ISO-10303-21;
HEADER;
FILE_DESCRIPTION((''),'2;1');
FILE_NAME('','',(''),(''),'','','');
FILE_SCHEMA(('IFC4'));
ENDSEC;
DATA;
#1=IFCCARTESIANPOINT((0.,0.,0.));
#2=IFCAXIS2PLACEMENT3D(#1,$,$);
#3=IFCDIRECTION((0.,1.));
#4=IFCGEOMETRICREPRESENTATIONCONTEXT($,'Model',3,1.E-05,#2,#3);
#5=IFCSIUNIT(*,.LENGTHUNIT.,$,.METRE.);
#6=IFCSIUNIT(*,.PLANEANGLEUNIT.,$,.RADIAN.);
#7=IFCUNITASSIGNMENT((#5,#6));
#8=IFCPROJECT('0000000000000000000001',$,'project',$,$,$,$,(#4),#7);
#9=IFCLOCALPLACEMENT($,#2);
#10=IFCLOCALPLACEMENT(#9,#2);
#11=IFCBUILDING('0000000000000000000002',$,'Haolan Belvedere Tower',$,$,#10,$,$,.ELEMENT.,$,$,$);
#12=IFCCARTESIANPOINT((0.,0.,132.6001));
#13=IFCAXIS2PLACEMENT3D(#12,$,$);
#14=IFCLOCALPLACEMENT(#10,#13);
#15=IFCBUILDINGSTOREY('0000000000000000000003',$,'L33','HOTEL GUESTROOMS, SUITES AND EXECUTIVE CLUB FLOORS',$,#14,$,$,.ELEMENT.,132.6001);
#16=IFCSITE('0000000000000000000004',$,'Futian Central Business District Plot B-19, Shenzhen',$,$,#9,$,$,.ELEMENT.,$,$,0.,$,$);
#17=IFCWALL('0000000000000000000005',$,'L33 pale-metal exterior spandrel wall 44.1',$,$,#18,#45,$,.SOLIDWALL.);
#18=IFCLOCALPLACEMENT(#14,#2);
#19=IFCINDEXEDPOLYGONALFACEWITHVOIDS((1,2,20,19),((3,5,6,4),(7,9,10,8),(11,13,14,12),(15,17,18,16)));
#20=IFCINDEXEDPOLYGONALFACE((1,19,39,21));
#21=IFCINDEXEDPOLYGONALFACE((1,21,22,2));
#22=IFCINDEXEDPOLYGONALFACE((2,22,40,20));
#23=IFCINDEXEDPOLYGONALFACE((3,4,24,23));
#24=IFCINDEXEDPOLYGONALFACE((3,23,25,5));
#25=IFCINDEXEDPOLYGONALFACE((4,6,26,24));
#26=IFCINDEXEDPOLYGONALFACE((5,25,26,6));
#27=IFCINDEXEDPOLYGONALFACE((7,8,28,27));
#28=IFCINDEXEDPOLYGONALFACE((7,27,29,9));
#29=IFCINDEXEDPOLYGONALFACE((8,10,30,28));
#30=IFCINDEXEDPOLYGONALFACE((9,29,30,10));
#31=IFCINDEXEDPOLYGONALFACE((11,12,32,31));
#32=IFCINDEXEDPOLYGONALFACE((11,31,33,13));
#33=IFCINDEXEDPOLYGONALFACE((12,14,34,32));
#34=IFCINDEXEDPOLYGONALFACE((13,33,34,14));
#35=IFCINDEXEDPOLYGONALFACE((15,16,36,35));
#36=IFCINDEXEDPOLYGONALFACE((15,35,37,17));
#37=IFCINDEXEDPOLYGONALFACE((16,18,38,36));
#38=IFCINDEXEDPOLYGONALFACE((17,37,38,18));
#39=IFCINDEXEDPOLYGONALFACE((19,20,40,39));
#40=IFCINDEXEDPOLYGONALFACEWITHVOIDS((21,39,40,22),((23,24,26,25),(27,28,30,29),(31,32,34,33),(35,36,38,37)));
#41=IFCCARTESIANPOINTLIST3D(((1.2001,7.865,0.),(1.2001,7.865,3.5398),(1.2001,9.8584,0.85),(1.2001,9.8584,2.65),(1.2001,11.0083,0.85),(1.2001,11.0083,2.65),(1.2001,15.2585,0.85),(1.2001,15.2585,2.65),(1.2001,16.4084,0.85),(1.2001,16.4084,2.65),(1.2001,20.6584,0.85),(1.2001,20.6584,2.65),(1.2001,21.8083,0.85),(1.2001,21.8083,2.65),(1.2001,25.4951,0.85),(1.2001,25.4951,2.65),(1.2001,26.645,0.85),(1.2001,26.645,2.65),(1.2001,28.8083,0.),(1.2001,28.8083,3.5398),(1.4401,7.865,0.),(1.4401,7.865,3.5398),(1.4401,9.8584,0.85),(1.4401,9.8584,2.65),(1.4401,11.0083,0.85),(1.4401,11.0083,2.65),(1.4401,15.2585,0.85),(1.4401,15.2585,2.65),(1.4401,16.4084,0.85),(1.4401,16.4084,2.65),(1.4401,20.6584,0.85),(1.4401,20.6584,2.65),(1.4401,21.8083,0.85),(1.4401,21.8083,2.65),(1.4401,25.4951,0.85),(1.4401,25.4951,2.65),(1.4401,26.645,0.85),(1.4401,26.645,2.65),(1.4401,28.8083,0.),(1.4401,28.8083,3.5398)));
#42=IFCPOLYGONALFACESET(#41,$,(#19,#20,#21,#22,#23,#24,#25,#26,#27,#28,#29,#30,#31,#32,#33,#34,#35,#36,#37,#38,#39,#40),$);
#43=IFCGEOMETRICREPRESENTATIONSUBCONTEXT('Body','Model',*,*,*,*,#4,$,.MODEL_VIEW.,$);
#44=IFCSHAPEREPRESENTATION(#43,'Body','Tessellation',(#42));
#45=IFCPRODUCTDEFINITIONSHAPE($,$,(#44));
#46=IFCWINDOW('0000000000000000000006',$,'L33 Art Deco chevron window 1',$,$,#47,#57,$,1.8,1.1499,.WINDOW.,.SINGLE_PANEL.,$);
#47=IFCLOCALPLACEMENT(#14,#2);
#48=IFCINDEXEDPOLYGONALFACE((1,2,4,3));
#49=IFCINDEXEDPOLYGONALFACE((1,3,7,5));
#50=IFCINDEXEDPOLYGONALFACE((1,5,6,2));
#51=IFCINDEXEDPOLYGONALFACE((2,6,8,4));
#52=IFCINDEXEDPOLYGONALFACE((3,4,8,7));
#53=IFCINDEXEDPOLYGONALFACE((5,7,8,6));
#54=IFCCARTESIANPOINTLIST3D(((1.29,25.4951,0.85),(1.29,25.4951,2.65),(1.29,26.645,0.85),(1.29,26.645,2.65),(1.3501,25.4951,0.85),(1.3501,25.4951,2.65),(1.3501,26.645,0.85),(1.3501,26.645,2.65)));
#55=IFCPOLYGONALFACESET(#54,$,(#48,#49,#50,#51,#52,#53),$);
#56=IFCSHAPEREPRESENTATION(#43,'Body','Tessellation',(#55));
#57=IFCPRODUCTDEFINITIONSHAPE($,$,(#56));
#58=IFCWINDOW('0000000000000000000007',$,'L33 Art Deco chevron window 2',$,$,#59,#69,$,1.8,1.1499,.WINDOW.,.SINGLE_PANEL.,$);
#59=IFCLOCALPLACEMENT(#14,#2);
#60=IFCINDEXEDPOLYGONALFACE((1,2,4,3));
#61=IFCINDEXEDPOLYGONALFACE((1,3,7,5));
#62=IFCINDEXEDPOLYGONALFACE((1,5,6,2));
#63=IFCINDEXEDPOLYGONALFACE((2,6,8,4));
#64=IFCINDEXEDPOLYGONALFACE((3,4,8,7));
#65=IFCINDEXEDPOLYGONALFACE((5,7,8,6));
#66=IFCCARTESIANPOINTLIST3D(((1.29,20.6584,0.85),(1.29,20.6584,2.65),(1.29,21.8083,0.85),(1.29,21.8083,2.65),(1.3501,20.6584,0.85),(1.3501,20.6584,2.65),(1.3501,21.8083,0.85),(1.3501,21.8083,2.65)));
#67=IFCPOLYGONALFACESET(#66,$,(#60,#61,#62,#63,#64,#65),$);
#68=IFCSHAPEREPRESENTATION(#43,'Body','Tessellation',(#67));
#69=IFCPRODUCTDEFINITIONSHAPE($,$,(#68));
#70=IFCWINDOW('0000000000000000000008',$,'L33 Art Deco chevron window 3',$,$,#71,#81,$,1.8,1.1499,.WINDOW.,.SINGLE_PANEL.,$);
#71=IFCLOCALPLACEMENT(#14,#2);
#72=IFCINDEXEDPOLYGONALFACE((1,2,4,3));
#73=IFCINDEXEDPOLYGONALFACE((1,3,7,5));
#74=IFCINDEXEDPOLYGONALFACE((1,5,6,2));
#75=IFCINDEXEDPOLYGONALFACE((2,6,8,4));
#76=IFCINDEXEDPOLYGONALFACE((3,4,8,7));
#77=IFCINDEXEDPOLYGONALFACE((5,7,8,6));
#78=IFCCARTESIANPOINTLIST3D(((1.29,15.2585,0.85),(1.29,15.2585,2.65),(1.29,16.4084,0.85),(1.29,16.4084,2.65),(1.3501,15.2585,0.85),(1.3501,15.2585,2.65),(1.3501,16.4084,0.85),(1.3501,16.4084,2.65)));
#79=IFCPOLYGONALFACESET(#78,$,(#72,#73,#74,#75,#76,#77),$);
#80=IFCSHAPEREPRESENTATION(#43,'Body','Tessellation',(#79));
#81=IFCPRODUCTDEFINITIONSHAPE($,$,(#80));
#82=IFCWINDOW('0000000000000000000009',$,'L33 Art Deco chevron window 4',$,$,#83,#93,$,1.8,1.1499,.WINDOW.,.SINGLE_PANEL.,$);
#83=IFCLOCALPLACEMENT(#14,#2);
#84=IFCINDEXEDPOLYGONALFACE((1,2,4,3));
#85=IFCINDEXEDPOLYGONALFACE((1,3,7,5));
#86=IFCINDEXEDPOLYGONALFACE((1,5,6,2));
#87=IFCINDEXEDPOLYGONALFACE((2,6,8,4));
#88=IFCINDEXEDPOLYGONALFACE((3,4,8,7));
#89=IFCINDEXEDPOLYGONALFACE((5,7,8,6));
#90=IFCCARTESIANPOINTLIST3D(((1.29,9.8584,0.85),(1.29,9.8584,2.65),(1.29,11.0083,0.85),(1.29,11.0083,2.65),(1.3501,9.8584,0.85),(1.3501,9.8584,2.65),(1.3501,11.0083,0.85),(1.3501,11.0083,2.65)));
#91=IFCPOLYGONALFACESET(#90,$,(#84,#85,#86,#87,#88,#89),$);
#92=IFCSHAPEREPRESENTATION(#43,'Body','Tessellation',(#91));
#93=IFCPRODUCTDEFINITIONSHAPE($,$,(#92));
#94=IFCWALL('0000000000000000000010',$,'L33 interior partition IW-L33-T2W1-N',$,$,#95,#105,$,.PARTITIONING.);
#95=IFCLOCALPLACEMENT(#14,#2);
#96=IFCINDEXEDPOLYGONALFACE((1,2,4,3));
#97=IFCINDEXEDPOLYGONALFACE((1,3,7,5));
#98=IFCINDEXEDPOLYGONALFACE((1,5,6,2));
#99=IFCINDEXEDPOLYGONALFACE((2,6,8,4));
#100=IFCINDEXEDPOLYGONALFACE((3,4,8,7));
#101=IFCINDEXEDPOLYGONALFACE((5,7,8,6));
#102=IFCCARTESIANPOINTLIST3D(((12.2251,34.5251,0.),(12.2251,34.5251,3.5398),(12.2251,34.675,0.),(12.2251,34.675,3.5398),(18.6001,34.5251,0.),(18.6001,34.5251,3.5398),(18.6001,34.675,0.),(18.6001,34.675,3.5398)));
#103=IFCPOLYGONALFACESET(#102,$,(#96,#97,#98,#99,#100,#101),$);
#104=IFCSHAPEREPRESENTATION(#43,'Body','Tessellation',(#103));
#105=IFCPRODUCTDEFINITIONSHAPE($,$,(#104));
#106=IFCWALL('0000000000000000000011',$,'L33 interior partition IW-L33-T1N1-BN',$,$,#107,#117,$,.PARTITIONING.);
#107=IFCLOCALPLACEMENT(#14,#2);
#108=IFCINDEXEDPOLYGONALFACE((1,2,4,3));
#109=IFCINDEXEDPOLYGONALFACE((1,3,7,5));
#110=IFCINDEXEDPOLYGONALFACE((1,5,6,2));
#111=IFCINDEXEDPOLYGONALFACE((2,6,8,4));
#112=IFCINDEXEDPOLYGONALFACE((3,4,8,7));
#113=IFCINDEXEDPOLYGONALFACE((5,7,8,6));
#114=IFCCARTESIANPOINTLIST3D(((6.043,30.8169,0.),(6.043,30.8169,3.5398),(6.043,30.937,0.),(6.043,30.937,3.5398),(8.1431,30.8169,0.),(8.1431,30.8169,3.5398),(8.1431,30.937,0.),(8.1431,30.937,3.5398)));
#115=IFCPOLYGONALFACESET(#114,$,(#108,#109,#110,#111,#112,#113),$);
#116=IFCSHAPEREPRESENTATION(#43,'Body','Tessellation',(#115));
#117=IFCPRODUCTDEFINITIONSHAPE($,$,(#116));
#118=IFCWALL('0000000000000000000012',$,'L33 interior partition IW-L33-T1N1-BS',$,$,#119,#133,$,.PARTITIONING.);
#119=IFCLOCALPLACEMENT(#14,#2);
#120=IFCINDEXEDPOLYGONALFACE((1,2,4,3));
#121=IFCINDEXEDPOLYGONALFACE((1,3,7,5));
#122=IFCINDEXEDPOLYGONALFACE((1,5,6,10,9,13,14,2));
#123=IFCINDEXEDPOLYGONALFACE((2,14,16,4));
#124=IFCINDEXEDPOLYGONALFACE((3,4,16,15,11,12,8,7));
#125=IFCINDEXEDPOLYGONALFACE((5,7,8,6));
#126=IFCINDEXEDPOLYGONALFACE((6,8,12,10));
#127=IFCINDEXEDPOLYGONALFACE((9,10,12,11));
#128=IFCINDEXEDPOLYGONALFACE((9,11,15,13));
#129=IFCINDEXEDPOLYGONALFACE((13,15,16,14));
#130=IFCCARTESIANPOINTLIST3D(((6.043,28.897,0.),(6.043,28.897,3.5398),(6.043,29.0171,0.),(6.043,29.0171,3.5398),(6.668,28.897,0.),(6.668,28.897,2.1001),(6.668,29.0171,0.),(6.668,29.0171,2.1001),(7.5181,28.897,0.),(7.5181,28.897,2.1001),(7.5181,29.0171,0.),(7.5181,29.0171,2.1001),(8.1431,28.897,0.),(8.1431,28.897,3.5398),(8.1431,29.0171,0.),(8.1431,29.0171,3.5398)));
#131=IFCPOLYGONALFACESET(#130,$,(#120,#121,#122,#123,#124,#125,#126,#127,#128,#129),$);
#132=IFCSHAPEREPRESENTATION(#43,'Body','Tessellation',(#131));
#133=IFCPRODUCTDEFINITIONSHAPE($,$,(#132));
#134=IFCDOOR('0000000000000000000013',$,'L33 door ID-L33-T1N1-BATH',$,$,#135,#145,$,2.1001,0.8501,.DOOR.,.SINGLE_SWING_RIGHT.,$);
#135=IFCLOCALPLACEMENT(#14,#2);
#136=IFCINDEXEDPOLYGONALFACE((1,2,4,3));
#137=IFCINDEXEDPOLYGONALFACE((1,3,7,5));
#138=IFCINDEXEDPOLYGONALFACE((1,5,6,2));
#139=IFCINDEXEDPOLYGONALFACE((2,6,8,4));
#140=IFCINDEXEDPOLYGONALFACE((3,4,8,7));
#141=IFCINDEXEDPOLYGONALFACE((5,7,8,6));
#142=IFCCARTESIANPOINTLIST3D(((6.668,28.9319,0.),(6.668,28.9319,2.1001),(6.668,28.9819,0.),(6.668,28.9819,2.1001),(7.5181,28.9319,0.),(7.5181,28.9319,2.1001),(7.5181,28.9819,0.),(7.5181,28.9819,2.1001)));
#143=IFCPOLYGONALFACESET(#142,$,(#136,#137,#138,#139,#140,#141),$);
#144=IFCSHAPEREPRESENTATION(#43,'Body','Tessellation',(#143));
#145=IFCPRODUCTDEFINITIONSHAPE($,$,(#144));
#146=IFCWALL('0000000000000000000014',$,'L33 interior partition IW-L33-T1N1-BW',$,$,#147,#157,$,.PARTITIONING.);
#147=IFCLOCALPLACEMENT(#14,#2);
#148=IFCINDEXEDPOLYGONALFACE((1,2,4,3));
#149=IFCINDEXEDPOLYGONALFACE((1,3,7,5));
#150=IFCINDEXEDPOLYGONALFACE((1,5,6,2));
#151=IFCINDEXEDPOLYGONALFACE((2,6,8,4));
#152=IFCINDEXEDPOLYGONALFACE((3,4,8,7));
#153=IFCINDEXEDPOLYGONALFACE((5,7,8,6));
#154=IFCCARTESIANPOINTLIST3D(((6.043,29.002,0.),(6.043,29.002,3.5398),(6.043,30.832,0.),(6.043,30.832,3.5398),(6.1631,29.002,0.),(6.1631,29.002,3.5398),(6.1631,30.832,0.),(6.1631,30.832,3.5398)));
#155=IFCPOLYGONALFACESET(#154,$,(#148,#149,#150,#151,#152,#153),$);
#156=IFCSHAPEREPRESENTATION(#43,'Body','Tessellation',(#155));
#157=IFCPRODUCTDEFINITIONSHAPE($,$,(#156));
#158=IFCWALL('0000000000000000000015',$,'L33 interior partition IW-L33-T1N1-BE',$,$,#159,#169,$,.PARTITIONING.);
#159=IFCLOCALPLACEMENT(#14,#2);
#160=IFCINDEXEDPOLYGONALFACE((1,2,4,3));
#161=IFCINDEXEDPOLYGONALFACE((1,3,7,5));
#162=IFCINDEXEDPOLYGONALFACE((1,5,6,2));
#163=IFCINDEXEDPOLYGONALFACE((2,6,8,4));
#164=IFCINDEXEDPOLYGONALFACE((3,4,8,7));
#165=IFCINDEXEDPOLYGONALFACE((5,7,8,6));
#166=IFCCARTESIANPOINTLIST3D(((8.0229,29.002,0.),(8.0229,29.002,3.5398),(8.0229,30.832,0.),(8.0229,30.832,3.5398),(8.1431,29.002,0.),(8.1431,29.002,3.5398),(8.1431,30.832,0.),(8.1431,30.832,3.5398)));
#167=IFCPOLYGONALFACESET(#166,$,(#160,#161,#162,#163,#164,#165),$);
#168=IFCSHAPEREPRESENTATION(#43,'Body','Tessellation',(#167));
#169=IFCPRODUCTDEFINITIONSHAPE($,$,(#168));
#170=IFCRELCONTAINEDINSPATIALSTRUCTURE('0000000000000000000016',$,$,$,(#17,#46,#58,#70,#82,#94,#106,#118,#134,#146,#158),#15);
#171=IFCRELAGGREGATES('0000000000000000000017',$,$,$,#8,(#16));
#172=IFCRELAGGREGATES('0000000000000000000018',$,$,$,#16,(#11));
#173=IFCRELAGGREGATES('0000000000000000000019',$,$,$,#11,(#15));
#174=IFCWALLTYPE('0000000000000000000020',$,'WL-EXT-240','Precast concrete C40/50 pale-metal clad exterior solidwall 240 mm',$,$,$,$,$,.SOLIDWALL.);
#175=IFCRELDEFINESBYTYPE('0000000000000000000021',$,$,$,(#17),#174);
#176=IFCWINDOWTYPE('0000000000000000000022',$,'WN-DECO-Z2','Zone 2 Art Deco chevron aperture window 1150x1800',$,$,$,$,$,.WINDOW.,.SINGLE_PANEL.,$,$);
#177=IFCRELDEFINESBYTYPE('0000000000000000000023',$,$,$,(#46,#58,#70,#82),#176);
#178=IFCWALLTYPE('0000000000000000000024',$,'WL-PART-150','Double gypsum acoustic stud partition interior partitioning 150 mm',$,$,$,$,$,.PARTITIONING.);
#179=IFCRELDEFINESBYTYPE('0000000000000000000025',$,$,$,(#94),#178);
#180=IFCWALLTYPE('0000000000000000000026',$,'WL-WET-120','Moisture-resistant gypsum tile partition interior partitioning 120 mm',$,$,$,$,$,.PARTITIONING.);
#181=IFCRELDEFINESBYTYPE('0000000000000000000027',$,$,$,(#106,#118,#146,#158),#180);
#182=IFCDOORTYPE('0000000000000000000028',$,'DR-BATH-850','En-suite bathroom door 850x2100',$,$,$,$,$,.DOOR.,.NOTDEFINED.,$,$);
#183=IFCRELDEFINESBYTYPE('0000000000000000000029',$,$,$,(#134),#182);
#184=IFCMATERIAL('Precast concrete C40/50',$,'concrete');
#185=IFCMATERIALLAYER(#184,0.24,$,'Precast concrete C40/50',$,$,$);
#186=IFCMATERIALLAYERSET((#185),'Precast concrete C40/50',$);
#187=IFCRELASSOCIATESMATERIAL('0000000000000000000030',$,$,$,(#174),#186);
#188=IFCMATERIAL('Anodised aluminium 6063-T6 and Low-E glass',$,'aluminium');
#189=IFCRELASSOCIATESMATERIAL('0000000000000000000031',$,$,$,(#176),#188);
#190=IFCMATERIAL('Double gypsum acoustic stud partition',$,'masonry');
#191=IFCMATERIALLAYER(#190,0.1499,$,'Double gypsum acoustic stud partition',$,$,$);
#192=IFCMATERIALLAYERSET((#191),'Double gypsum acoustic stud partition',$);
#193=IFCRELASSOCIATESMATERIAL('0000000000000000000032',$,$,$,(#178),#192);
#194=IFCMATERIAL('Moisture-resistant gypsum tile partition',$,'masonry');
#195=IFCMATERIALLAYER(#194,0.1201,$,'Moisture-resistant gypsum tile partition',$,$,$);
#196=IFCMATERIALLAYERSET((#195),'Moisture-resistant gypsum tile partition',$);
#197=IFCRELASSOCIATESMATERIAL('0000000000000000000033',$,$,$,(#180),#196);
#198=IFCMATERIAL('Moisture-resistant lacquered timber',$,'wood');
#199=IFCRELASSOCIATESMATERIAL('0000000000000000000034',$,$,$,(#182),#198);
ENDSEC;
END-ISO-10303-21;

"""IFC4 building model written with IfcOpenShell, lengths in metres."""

from ifc_helpers import new_model, si_unit, direction, frame, frame_2d, origin, place, context, subcontext, project, spatial, rectangle, extrude, material, layer, layer_set, type_object, element, fill, save


model = new_model("IFC4")

# Units and contexts
model_context = context("Model", 3, precision=1e-05, world=origin(), true_north=direction((0.0, 1.0)))
body_context = subcontext(model_context, "Body", "Model", "MODEL_VIEW")
ifc_project = project(units=[si_unit("LENGTHUNIT", "METRE"), si_unit("PLANEANGLEUNIT", "RADIAN")], contexts=[model_context])

# Site, building, storey
site_placement = place(None, origin())
site = spatial("IfcSite", under=ifc_project, at=site_placement, Name="Futian Central Business District Plot B-19, Shenzhen", CompositionType="ELEMENT", RefElevation=0.0)
building_placement = place(site_placement, origin())
building = spatial("IfcBuilding", under=site, at=building_placement, Name="Haolan Belvedere Tower", CompositionType="ELEMENT")
storey_placement = place(building_placement, frame((0.0, 0.0, 132.6001)))
storey = spatial("IfcBuildingStorey", under=building, at=storey_placement, Name="L33", Description="HOTEL GUESTROOMS, SUITES AND EXECUTIVE CLUB FLOORS", CompositionType="ELEMENT", Elevation=132.6001)

# Shared definitions
ifc_material_1 = material(Name="Precast concrete C40/50", Category="concrete")
ifc_layer_1 = layer(ifc_material_1, 0.24, Name="Precast concrete C40/50")
ifc_layer_set_1 = layer_set([ifc_layer_1], Name="Precast concrete C40/50")
wall_type_1 = type_object("IfcWallType", Name="WL-EXT-240", Description="Precast concrete C40/50 pale-metal clad exterior solidwall 240 mm", PredefinedType="SOLIDWALL", material=ifc_layer_set_1)

# Shared definitions
ifc_material_2 = material(Name="Anodised aluminium 6063-T6 and Low-E glass", Category="aluminium")
window_type = type_object("IfcWindowType", Name="WN-DECO-Z2", Description="Zone 2 Art Deco chevron aperture window 1150x1800", PartitioningType="SINGLE_PANEL", PredefinedType="WINDOW", material=ifc_material_2)

# Wall, openings, windows
wall_1_placement = place(storey_placement, frame((1.3201, 28.8083, 0.0), z_axis=(0.0, 0.0, 1.0), x_axis=(0.0, -1.0, 0.0)))
wall_1 = element("IfcWall", 1, at=wall_1_placement, inside=storey, type_object=wall_type_1, Name="L33 pale-metal exterior spandrel wall 44.1", PredefinedType="SOLIDWALL", context=body_context, shape_type="SweptSolid", body=[
    extrude(rectangle(XDim=20.9434, YDim=0.24, at=frame_2d((10.4717, 0.0))), origin(), (0.0, 0.0, 1.0), 3.5398),
])
opening_1_placement = place(wall_1_placement, frame((2.1633, 0.0, 0.8501)))
opening_1 = element("IfcOpeningElement", 2, at=opening_1_placement, cuts=wall_1, PredefinedType="OPENING", context=body_context, shape_type="SweptSolid", body=[
    extrude(rectangle(XDim=1.1499, YDim=1.8, at=frame_2d((0.575, 0.8999))), frame((0.0, 0.1299, 0.0), z_axis=(0.0, -1.0, 0.0), x_axis=(1.0, 0.0, 0.0)), (0.0, 0.0, 1.0), 0.26),
])
opening_2_placement = place(wall_1_placement, frame((7.0, 0.0, 0.8501)))
opening_2 = element("IfcOpeningElement", 3, at=opening_2_placement, cuts=wall_1, PredefinedType="OPENING", context=body_context, shape_type="SweptSolid", body=[
    extrude(rectangle(XDim=1.1499, YDim=1.8, at=frame_2d((0.575, 0.8999))), frame((0.0, 0.1299, 0.0), z_axis=(0.0, -1.0, 0.0), x_axis=(1.0, 0.0, 0.0)), (0.0, 0.0, 1.0), 0.26),
])
opening_3_placement = place(wall_1_placement, frame((12.3999, 0.0, 0.8501)))
opening_3 = element("IfcOpeningElement", 4, at=opening_3_placement, cuts=wall_1, PredefinedType="OPENING", context=body_context, shape_type="SweptSolid", body=[
    extrude(rectangle(XDim=1.1499, YDim=1.8, at=frame_2d((0.575, 0.8999))), frame((0.0, 0.1299, 0.0), z_axis=(0.0, -1.0, 0.0), x_axis=(1.0, 0.0, 0.0)), (0.0, 0.0, 1.0), 0.26),
])
opening_4_placement = place(wall_1_placement, frame((17.8, 0.0, 0.8501)))
opening_4 = element("IfcOpeningElement", 5, at=opening_4_placement, cuts=wall_1, PredefinedType="OPENING", context=body_context, shape_type="SweptSolid", body=[
    extrude(rectangle(XDim=1.1499, YDim=1.8, at=frame_2d((0.575, 0.8999))), frame((0.0, 0.1299, 0.0), z_axis=(0.0, -1.0, 0.0), x_axis=(1.0, 0.0, 0.0)), (0.0, 0.0, 1.0), 0.26),
])
window_1_placement = place(opening_1_placement, origin())
window_1 = element("IfcWindow", 6, at=window_1_placement, inside=storey, type_object=window_type, Name="L33 Art Deco chevron window 1", OverallHeight=1.8, OverallWidth=1.1499, PartitioningType="SINGLE_PANEL", PredefinedType="WINDOW", context=body_context, shape_type="SweptSolid", body=[
    extrude(rectangle(XDim=1.1499, YDim=1.8, at=frame_2d((0.575, 0.8999))), frame((0.0, 0.03, 0.0), z_axis=(0.0, -1.0, 0.0), x_axis=(1.0, 0.0, 0.0)), (0.0, 0.0, 1.0), 0.0601),
])
fill(opening_1, window_1)
window_2_placement = place(opening_2_placement, origin())
window_2 = element("IfcWindow", 7, at=window_2_placement, inside=storey, type_object=window_type, Name="L33 Art Deco chevron window 2", OverallHeight=1.8, OverallWidth=1.1499, PartitioningType="SINGLE_PANEL", PredefinedType="WINDOW", context=body_context, shape_type="SweptSolid", body=[
    extrude(rectangle(XDim=1.1499, YDim=1.8, at=frame_2d((0.575, 0.8999))), frame((0.0, 0.03, 0.0), z_axis=(0.0, -1.0, 0.0), x_axis=(1.0, 0.0, 0.0)), (0.0, 0.0, 1.0), 0.0601),
])
fill(opening_2, window_2)
window_3_placement = place(opening_3_placement, origin())
window_3 = element("IfcWindow", 8, at=window_3_placement, inside=storey, type_object=window_type, Name="L33 Art Deco chevron window 3", OverallHeight=1.8, OverallWidth=1.1499, PartitioningType="SINGLE_PANEL", PredefinedType="WINDOW", context=body_context, shape_type="SweptSolid", body=[
    extrude(rectangle(XDim=1.1499, YDim=1.8, at=frame_2d((0.575, 0.8999))), frame((0.0, 0.03, 0.0), z_axis=(0.0, -1.0, 0.0), x_axis=(1.0, 0.0, 0.0)), (0.0, 0.0, 1.0), 0.0601),
])
fill(opening_3, window_3)
window_4_placement = place(opening_4_placement, origin())
window_4 = element("IfcWindow", 9, at=window_4_placement, inside=storey, type_object=window_type, Name="L33 Art Deco chevron window 4", OverallHeight=1.8, OverallWidth=1.1499, PartitioningType="SINGLE_PANEL", PredefinedType="WINDOW", context=body_context, shape_type="SweptSolid", body=[
    extrude(rectangle(XDim=1.1499, YDim=1.8, at=frame_2d((0.575, 0.8999))), frame((0.0, 0.03, 0.0), z_axis=(0.0, -1.0, 0.0), x_axis=(1.0, 0.0, 0.0)), (0.0, 0.0, 1.0), 0.0601),
])
fill(opening_4, window_4)

# Walls
ifc_material_3 = material(Name="Double gypsum acoustic stud partition", Category="masonry")
ifc_layer_2 = layer(ifc_material_3, 0.1499, Name="Double gypsum acoustic stud partition")
ifc_layer_set_2 = layer_set([ifc_layer_2], Name="Double gypsum acoustic stud partition")
wall_type_2 = type_object("IfcWallType", Name="WL-PART-150", Description="Double gypsum acoustic stud partition interior partitioning 150 mm", PredefinedType="PARTITIONING", material=ifc_layer_set_2)
wall_2_placement = place(storey_placement, frame((12.2251, 34.6001, 0.0), z_axis=(0.0, 0.0, 1.0), x_axis=(1.0, 0.0, 0.0)))
element("IfcWall", 10, at=wall_2_placement, inside=storey, type_object=wall_type_2, Name="L33 interior partition IW-L33-T2W1-N", PredefinedType="PARTITIONING", context=body_context, shape_type="SweptSolid", body=[
    extrude(rectangle(XDim=6.375, YDim=0.1499, at=frame_2d((3.1875, 0.0))), origin(), (0.0, 0.0, 1.0), 3.5398),
])
ifc_material_4 = material(Name="Moisture-resistant gypsum tile partition", Category="masonry")
ifc_layer_3 = layer(ifc_material_4, 0.1201, Name="Moisture-resistant gypsum tile partition")
ifc_layer_set_3 = layer_set([ifc_layer_3], Name="Moisture-resistant gypsum tile partition")
wall_type_3 = type_object("IfcWallType", Name="WL-WET-120", Description="Moisture-resistant gypsum tile partition interior partitioning 120 mm", PredefinedType="PARTITIONING", material=ifc_layer_set_3)
wall_3_placement = place(storey_placement, frame((6.043, 30.877, 0.0), z_axis=(0.0, 0.0, 1.0), x_axis=(1.0, 0.0, 0.0)))
element("IfcWall", 11, at=wall_3_placement, inside=storey, type_object=wall_type_3, Name="L33 interior partition IW-L33-T1N1-BN", PredefinedType="PARTITIONING", context=body_context, shape_type="SweptSolid", body=[
    extrude(rectangle(XDim=2.1001, YDim=0.1201, at=frame_2d((1.05, 0.0))), origin(), (0.0, 0.0, 1.0), 3.5398),
])

# Wall, opening, door
wall_4_placement = place(storey_placement, frame((6.043, 28.957, 0.0), z_axis=(0.0, 0.0, 1.0), x_axis=(1.0, 0.0, 0.0)))
wall_4 = element("IfcWall", 12, at=wall_4_placement, inside=storey, type_object=wall_type_3, Name="L33 interior partition IW-L33-T1N1-BS", PredefinedType="PARTITIONING", context=body_context, shape_type="SweptSolid", body=[
    extrude(rectangle(XDim=2.1001, YDim=0.1201, at=frame_2d((1.05, 0.0))), origin(), (0.0, 0.0, 1.0), 3.5398),
])
opening_5_placement = place(wall_4_placement, frame((0.625, 0.0, 0.0)))
opening_5 = element("IfcOpeningElement", 13, at=opening_5_placement, cuts=wall_4, PredefinedType="OPENING", context=body_context, shape_type="SweptSolid", body=[
    extrude(rectangle(XDim=0.8501, YDim=2.1001, at=frame_2d((0.425, 1.05))), frame((0.0, 0.0701, 0.0), z_axis=(0.0, -1.0, 0.0), x_axis=(1.0, 0.0, 0.0)), (0.0, 0.0, 1.0), 0.1401),
])
ifc_material_5 = material(Name="Moisture-resistant lacquered timber", Category="wood")
door_type = type_object("IfcDoorType", Name="DR-BATH-850", Description="En-suite bathroom door 850x2100", OperationType="NOTDEFINED", PredefinedType="DOOR", material=ifc_material_5)
door_placement = place(opening_5_placement, origin())
door = element("IfcDoor", 14, at=door_placement, inside=storey, type_object=door_type, Name="L33 door ID-L33-T1N1-BATH", OperationType="SINGLE_SWING_RIGHT", OverallHeight=2.1001, OverallWidth=0.8501, PredefinedType="DOOR", context=body_context, shape_type="SweptSolid", body=[
    extrude(rectangle(XDim=0.8501, YDim=2.1001, at=frame_2d((0.425, 1.05))), frame((0.0, 0.0249, 0.0), z_axis=(0.0, -1.0, 0.0), x_axis=(1.0, 0.0, 0.0)), (0.0, 0.0, 1.0), 0.05),
])
fill(opening_5, door)

# Walls
for number, where, z_axis, x_axis, name in (
    (15, (6.103, 29.002, 0.0), (0.0, 0.0, 1.0), (0.0, 1.0, 0.0), "L33 interior partition IW-L33-T1N1-BW"),
    (16, (8.083, 29.002, 0.0), (0.0, 0.0, 1.0), (0.0, 1.0, 0.0), "L33 interior partition IW-L33-T1N1-BE"),
):
    element("IfcWall", number, at=place(storey_placement, frame(where, z_axis=z_axis, x_axis=x_axis)), inside=storey, type_object=wall_type_3, Name=name, PredefinedType="PARTITIONING", context=body_context, shape_type="SweptSolid", body=[
        extrude(rectangle(XDim=1.8301, YDim=0.1201, at=frame_2d((0.915, 0.0))), origin(), (0.0, 0.0, 1.0), 3.5398),
    ])

save(model, "model.ifc")
